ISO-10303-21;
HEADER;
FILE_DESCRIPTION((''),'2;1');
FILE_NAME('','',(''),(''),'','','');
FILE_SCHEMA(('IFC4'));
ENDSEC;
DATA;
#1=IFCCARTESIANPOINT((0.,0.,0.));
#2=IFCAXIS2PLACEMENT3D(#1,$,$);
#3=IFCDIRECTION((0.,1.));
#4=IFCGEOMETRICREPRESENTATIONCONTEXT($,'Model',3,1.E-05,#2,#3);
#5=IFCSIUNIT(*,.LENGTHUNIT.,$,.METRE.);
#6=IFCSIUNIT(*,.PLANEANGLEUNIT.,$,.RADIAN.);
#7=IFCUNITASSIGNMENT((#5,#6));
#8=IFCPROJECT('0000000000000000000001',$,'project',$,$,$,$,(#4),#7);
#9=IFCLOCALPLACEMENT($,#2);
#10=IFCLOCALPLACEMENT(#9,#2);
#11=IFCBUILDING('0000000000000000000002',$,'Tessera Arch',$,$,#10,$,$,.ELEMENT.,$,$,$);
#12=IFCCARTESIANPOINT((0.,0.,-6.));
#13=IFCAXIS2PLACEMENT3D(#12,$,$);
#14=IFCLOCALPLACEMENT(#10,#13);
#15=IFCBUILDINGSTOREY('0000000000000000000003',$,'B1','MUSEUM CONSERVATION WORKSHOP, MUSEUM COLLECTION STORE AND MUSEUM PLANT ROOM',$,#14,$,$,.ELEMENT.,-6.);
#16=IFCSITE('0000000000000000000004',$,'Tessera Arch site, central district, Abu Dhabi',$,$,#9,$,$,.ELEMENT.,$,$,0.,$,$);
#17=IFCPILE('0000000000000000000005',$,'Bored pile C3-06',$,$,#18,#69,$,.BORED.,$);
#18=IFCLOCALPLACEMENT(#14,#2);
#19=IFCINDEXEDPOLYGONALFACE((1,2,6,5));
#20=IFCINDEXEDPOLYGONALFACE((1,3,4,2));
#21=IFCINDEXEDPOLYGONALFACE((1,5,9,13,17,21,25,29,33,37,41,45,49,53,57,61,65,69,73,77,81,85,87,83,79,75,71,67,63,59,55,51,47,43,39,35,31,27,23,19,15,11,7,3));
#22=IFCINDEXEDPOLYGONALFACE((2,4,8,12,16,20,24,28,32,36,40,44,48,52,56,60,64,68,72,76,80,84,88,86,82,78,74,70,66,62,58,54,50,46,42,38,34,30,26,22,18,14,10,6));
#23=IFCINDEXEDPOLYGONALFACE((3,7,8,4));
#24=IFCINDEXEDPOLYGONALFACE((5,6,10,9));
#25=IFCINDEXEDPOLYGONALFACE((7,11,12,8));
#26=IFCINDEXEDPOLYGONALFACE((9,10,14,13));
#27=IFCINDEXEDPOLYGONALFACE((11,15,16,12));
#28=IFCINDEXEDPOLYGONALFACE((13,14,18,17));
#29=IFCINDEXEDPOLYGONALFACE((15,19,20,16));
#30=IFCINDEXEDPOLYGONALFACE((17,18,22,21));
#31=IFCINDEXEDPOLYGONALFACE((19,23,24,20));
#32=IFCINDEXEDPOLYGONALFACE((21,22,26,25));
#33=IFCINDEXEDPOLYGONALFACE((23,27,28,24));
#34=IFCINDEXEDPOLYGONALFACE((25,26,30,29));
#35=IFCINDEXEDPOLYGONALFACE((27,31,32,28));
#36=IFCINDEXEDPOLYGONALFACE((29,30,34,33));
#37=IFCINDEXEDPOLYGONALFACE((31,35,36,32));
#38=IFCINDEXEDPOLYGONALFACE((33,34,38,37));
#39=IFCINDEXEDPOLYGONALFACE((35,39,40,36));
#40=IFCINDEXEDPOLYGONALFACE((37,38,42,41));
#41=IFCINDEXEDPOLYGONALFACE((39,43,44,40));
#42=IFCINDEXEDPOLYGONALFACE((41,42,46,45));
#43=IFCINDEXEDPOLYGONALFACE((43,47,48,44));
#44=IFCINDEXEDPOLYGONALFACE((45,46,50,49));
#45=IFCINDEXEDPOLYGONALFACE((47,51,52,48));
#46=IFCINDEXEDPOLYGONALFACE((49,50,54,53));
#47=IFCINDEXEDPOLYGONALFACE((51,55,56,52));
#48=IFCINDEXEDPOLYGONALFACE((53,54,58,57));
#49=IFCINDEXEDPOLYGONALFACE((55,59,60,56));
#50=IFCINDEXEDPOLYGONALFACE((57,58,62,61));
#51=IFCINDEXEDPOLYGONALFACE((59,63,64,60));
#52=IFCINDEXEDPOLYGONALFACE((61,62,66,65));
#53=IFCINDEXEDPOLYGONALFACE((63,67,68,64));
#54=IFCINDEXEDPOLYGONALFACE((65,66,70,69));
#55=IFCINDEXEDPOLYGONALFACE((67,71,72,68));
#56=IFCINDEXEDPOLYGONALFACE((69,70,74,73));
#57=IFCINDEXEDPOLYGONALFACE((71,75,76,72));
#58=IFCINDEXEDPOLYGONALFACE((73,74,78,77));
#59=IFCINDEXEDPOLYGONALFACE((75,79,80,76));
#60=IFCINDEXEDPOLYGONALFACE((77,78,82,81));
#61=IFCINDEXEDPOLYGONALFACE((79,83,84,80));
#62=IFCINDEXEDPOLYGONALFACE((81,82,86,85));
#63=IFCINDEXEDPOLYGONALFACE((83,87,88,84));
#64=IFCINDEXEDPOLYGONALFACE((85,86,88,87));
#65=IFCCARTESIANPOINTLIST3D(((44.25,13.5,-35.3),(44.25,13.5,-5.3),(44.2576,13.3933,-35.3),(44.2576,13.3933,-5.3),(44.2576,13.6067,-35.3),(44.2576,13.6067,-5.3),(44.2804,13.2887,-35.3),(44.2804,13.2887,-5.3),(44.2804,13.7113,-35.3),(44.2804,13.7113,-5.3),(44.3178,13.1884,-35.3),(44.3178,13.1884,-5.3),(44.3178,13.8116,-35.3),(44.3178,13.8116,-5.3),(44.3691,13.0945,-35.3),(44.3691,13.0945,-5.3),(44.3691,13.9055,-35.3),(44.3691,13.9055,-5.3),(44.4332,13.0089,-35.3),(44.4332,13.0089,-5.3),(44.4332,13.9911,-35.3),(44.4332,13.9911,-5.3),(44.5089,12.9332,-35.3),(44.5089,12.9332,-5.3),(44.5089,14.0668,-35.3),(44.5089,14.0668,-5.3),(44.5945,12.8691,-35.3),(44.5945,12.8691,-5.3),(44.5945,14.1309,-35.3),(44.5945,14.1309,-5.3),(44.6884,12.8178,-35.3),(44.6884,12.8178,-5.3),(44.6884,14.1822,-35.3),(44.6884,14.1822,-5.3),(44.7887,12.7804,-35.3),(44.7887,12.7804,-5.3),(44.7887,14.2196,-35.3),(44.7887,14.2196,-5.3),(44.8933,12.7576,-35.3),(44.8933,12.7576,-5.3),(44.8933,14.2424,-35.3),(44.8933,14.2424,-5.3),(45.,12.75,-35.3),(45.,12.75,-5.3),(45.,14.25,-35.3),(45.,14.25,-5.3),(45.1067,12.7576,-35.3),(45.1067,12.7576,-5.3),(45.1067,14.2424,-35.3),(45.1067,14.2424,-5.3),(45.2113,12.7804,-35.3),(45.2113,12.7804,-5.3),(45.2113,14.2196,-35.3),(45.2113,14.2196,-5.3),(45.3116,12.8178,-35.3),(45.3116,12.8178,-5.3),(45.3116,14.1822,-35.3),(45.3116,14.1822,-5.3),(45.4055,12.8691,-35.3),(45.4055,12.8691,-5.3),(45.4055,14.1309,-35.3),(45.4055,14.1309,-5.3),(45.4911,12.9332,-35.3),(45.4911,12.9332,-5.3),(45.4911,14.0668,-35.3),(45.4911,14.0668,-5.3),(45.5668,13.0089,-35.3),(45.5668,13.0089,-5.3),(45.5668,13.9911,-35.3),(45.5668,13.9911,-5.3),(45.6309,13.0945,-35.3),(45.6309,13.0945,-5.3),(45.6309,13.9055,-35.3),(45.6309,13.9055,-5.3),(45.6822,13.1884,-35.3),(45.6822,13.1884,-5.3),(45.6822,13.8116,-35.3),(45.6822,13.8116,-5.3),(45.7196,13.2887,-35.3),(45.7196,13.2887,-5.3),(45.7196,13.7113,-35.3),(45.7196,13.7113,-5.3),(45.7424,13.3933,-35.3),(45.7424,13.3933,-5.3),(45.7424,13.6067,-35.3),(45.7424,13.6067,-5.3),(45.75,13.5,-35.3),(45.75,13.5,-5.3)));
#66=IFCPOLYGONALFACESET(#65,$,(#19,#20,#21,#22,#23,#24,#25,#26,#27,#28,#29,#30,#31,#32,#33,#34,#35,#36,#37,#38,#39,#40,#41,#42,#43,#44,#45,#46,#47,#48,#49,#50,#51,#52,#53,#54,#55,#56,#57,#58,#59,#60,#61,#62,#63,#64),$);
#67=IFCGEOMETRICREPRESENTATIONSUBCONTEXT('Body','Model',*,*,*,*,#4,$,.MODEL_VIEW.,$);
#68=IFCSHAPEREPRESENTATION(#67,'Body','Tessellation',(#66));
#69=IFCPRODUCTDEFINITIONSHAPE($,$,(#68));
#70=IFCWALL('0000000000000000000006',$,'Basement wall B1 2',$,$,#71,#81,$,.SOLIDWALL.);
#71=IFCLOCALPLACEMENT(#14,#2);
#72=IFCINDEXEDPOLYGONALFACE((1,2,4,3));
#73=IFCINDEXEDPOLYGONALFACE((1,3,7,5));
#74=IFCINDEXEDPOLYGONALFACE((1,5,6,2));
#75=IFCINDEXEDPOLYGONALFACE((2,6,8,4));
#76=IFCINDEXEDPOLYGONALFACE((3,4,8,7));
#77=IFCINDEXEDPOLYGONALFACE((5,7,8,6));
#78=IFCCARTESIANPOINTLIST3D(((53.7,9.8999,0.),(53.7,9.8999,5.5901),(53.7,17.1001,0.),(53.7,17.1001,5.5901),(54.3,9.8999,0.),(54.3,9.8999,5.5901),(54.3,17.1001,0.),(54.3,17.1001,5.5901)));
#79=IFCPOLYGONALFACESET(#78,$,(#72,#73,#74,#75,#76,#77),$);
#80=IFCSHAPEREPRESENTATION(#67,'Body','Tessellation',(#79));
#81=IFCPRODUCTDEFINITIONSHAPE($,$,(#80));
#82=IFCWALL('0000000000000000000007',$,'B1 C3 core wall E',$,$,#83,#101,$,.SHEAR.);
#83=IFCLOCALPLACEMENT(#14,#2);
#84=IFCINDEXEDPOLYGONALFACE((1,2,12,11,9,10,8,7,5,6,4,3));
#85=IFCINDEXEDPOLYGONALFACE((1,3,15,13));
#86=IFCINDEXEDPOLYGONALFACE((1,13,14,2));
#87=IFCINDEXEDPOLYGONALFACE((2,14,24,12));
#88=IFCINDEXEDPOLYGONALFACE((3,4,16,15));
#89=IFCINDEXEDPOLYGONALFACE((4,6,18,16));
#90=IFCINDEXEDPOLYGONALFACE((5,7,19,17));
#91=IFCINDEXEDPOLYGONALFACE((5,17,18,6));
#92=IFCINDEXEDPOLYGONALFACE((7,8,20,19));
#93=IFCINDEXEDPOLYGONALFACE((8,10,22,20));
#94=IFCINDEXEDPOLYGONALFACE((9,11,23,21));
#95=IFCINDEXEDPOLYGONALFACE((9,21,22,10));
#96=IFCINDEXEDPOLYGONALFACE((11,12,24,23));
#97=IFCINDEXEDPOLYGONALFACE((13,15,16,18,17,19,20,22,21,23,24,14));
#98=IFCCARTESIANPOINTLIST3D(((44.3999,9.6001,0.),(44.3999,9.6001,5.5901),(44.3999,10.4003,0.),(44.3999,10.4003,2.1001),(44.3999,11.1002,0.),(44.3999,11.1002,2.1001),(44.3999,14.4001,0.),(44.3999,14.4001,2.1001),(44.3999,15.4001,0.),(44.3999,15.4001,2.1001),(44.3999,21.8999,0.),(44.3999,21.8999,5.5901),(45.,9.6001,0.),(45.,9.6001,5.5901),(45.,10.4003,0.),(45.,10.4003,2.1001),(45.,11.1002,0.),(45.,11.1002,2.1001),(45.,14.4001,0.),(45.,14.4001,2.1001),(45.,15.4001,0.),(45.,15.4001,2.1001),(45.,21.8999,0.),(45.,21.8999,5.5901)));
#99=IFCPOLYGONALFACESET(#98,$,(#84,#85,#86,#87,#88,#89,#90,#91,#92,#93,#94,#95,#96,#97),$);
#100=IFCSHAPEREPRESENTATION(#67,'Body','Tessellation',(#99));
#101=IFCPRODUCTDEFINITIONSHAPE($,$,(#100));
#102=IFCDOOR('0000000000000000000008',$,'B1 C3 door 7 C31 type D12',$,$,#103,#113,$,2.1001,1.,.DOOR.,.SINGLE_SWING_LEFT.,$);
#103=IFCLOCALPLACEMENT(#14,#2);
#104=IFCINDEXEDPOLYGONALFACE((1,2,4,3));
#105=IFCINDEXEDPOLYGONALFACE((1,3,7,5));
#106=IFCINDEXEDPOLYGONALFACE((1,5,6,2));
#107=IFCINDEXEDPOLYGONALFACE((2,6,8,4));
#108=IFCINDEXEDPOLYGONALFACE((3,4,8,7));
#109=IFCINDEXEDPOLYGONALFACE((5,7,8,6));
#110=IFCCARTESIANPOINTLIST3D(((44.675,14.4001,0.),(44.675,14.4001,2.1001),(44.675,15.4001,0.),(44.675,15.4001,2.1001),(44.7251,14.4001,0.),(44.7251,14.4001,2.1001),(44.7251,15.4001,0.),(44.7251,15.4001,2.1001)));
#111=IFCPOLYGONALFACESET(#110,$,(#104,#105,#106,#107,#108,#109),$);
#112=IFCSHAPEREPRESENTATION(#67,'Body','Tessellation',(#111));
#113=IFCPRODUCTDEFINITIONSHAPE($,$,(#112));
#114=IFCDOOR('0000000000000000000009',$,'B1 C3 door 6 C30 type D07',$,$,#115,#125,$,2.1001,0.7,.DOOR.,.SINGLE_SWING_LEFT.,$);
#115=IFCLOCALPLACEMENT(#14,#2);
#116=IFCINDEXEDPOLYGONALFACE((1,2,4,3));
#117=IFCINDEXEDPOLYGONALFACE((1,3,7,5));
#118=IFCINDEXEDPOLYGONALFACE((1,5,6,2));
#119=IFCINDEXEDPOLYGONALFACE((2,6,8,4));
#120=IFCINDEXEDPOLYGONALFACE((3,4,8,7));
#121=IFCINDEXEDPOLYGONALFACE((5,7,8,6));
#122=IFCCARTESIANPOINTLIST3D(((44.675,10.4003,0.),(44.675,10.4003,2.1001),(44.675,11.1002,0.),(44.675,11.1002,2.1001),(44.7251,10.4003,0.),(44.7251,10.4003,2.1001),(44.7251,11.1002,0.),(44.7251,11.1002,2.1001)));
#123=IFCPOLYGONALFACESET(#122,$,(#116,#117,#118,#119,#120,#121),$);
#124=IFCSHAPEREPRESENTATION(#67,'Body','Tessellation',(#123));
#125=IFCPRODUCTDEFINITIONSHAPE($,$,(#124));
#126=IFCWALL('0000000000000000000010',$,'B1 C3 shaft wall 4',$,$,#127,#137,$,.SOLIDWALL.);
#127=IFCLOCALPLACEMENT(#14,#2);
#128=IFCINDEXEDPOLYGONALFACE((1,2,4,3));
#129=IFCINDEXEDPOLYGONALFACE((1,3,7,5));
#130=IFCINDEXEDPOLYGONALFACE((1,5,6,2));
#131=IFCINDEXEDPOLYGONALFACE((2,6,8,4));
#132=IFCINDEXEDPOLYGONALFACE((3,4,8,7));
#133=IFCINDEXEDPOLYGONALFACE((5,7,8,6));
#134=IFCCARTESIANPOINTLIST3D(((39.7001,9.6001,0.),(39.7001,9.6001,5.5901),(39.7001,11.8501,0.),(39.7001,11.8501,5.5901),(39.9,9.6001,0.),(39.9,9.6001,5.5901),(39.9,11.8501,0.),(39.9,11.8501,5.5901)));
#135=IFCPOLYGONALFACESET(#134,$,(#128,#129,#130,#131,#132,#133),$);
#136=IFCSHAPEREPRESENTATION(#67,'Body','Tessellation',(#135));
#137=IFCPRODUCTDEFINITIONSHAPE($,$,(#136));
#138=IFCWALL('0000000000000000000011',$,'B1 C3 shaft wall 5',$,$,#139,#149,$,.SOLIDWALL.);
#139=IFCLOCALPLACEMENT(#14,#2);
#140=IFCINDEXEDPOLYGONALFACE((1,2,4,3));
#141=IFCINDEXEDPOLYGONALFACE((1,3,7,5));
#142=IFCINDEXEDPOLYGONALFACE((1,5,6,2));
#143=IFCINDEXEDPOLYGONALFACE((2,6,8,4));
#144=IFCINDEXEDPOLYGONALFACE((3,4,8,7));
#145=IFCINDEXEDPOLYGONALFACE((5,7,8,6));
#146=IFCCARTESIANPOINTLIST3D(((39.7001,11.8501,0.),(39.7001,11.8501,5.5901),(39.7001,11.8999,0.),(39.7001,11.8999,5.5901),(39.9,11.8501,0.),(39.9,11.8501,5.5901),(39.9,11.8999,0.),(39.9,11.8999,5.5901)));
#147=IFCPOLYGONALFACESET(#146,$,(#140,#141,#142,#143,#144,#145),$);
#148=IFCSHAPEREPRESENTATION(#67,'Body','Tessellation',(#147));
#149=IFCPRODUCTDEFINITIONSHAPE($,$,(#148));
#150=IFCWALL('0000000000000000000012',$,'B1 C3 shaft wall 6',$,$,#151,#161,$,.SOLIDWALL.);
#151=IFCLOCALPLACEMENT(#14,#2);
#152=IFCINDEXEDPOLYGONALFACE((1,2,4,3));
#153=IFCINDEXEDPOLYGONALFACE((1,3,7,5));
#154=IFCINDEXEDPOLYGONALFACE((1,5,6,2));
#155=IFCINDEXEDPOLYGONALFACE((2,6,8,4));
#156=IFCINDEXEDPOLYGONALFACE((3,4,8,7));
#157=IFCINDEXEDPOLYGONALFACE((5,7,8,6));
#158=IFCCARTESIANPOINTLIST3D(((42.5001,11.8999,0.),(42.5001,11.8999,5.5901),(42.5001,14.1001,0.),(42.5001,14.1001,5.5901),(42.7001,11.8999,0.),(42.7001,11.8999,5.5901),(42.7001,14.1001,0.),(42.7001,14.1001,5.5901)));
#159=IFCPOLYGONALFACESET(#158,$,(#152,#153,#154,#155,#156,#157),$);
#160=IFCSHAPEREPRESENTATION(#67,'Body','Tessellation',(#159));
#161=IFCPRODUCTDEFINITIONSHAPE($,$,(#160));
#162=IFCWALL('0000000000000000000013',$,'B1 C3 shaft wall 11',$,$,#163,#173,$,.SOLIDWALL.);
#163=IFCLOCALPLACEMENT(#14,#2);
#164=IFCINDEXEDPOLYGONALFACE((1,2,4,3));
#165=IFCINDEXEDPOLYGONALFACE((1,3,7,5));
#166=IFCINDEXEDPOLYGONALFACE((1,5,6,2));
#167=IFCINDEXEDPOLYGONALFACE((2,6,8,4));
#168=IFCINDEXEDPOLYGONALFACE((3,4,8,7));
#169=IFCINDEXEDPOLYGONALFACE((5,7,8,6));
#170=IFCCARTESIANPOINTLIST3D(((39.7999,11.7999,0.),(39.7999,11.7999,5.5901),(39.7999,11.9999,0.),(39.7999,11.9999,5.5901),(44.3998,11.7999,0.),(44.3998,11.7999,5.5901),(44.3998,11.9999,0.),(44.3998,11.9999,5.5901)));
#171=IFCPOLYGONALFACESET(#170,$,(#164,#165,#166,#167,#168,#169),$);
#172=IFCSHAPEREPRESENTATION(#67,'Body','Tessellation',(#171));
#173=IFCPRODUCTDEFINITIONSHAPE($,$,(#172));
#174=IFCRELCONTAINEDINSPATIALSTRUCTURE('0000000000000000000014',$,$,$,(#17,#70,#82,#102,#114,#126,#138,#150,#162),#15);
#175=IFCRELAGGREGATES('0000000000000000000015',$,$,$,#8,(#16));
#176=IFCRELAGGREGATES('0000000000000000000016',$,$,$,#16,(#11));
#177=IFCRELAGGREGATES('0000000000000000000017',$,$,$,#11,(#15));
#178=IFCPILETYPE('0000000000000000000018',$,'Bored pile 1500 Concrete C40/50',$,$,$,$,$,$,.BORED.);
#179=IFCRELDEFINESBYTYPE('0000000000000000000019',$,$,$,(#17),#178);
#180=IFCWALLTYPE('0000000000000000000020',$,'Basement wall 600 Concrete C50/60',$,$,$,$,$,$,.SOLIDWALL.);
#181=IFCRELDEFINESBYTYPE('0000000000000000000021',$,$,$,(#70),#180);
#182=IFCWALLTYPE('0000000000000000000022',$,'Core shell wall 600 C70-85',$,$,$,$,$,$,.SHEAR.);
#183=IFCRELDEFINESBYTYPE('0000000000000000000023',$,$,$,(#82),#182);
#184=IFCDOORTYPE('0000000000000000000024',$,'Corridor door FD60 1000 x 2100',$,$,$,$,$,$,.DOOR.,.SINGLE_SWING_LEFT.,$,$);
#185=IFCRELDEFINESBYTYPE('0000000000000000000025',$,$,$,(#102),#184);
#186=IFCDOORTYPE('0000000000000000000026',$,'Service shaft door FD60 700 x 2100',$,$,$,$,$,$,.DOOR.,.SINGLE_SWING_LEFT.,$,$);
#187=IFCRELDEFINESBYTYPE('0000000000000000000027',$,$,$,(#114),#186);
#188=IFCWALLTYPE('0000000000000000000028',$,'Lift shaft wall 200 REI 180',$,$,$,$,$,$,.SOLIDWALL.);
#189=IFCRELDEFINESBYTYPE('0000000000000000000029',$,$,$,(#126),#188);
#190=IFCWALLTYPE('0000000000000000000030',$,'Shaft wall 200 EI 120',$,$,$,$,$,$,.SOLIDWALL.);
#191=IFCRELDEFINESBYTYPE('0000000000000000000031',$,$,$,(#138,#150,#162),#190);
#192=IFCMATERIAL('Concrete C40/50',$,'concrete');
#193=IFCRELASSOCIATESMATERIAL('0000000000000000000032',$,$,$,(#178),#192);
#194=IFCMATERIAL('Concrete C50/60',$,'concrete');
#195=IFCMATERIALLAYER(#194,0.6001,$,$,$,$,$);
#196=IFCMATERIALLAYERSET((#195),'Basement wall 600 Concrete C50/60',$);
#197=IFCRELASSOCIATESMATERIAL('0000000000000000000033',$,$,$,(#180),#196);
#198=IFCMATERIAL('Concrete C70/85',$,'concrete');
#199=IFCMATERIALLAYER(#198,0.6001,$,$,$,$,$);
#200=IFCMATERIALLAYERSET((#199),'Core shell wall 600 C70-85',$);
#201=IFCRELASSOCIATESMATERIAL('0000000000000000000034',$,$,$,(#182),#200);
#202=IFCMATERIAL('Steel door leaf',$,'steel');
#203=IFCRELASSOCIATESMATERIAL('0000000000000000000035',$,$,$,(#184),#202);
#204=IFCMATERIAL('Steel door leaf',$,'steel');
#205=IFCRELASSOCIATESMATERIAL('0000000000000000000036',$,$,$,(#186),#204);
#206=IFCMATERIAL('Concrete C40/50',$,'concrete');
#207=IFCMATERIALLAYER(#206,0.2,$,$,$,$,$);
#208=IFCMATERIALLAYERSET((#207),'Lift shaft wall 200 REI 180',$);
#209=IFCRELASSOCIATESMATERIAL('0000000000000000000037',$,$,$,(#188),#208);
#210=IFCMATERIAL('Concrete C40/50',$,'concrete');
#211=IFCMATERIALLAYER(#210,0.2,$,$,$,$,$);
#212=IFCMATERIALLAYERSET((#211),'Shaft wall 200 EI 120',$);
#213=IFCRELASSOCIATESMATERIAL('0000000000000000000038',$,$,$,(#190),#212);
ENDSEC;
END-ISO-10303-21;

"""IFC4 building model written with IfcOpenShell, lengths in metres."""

from ifc_helpers import new_model, si_unit, direction, frame, frame_2d, origin, origin_2d, place, context, subcontext, project, spatial, rectangle, circle, extrude, material, layer, layer_set, type_object, element, fill, save


model = new_model("IFC4")

# Units and contexts
model_context = context("Model", 3, precision=1e-05, world=origin(), true_north=direction((0.0, 1.0)))
body_context = subcontext(model_context, "Body", "Model", "MODEL_VIEW")
ifc_project = project(units=[si_unit("LENGTHUNIT", "METRE"), si_unit("PLANEANGLEUNIT", "RADIAN")], contexts=[model_context])

# Site, building, storey
site_placement = place(None, origin())
site = spatial("IfcSite", under=ifc_project, at=site_placement, Name="Tessera Arch site, central district, Abu Dhabi", CompositionType="ELEMENT", RefElevation=0.0)
building_placement = place(site_placement, origin())
building = spatial("IfcBuilding", under=site, at=building_placement, Name="Tessera Arch", CompositionType="ELEMENT")
storey_placement = place(building_placement, frame((0.0, 0.0, -6.0)))
storey = spatial("IfcBuildingStorey", under=building, at=storey_placement, Name="B1", Description="MUSEUM CONSERVATION WORKSHOP, MUSEUM COLLECTION STORE AND MUSEUM PLANT ROOM", CompositionType="ELEMENT", Elevation=-6.0)

# Pile
ifc_material_1 = material(Name="Concrete C40/50", Category="concrete")
pile_type = type_object("IfcPileType", Name="Bored pile 1500 Concrete C40/50", PredefinedType="BORED", material=ifc_material_1)
for number, where, z_axis, x_axis, name in (
    (1, (45.0, 13.5, -5.3), (0.0, 0.0, -1.0), (1.0, 0.0, 0.0), "Bored pile C3-06"),
):
    element("IfcPile", number, at=place(storey_placement, frame(where, z_axis=z_axis, x_axis=x_axis)), inside=storey, type_object=pile_type, Name=name, PredefinedType="BORED", context=body_context, shape_type="SweptSolid", body=[
        extrude(circle(Radius=0.75, at=origin_2d()), origin(), (0.0, 0.0, 1.0), 30.0),
    ])

# Wall
ifc_material_2 = material(Name="Concrete C50/60", Category="concrete")
ifc_layer_1 = layer(ifc_material_2, 0.6001)
ifc_layer_set_1 = layer_set([ifc_layer_1], Name="Basement wall 600 Concrete C50/60")
wall_type_1 = type_object("IfcWallType", Name="Basement wall 600 Concrete C50/60", PredefinedType="SOLIDWALL", material=ifc_layer_set_1)
wall_1_placement = place(storey_placement, frame((54.0, 9.8999, 0.0), z_axis=(0.0, 0.0, 1.0), x_axis=(0.0, 1.0, 0.0)))
element("IfcWall", 2, at=wall_1_placement, inside=storey, type_object=wall_type_1, Name="Basement wall B1 2", PredefinedType="SOLIDWALL", context=body_context, shape_type="SweptSolid", body=[
    extrude(rectangle(XDim=7.2002, YDim=0.6001, at=frame_2d((3.6001, 0.0))), origin(), (0.0, 0.0, 1.0), 5.5901),
])

# Wall, openings, doors
ifc_material_3 = material(Name="Concrete C70/85", Category="concrete")
ifc_layer_2 = layer(ifc_material_3, 0.6001)
ifc_layer_set_2 = layer_set([ifc_layer_2], Name="Core shell wall 600 C70-85")
wall_type_2 = type_object("IfcWallType", Name="Core shell wall 600 C70-85", PredefinedType="SHEAR", material=ifc_layer_set_2)
wall_2_placement = place(storey_placement, frame((44.7, 9.6001, 0.0), z_axis=(0.0, 0.0, 1.0), x_axis=(0.0, 1.0, 0.0)))
wall_2 = element("IfcWall", 3, at=wall_2_placement, inside=storey, type_object=wall_type_2, Name="B1 C3 core wall E", PredefinedType="SHEAR", context=body_context, shape_type="SweptSolid", body=[
    extrude(rectangle(XDim=12.2998, YDim=0.6001, at=frame_2d((6.1499, 0.0))), origin(), (0.0, 0.0, 1.0), 5.5901),
])
opening_1_placement = place(wall_2_placement, frame((0.8, 0.0, 0.0)))
opening_1 = element("IfcOpeningElement", 4, at=opening_1_placement, cuts=wall_2, PredefinedType="OPENING", context=body_context, shape_type="SweptSolid", body=[
    extrude(rectangle(XDim=0.7, YDim=2.1001, at=frame_2d((0.3501, 1.05))), frame((0.0, 0.3101, 0.0), z_axis=(0.0, -1.0, 0.0), x_axis=(1.0, 0.0, 0.0)), (0.0, 0.0, 1.0), 0.6201),
])
opening_2_placement = place(wall_2_placement, frame((4.8, 0.0, 0.0)))
opening_2 = element("IfcOpeningElement", 5, at=opening_2_placement, cuts=wall_2, PredefinedType="OPENING", context=body_context, shape_type="SweptSolid", body=[
    extrude(rectangle(XDim=1.0, YDim=2.1001, at=frame_2d((0.5, 1.05))), frame((0.0, 0.3101, 0.0), z_axis=(0.0, -1.0, 0.0), x_axis=(1.0, 0.0, 0.0)), (0.0, 0.0, 1.0), 0.6201),
])
ifc_material_4 = material(Name="Steel door leaf", Category="steel")
door_type_1 = type_object("IfcDoorType", Name="Corridor door FD60 1000 x 2100", OperationType="SINGLE_SWING_LEFT", PredefinedType="DOOR", material=ifc_material_4)
door_1_placement = place(opening_2_placement, origin())
door_1 = element("IfcDoor", 6, at=door_1_placement, inside=storey, type_object=door_type_1, Name="B1 C3 door 7 C31 type D12", OperationType="SINGLE_SWING_LEFT", OverallHeight=2.1001, OverallWidth=1.0, PredefinedType="DOOR", context=body_context, shape_type="SweptSolid", body=[
    extrude(rectangle(XDim=1.0, YDim=2.1001, at=frame_2d((0.5, 1.05))), frame((0.0, 0.0249, 0.0), z_axis=(0.0, -1.0, 0.0), x_axis=(1.0, 0.0, 0.0)), (0.0, 0.0, 1.0), 0.05),
])
fill(opening_2, door_1)
ifc_material_5 = material(Name="Steel door leaf", Category="steel")
door_type_2 = type_object("IfcDoorType", Name="Service shaft door FD60 700 x 2100", OperationType="SINGLE_SWING_LEFT", PredefinedType="DOOR", material=ifc_material_5)
door_2_placement = place(opening_1_placement, origin())
door_2 = element("IfcDoor", 7, at=door_2_placement, inside=storey, type_object=door_type_2, Name="B1 C3 door 6 C30 type D07", OperationType="SINGLE_SWING_LEFT", OverallHeight=2.1001, OverallWidth=0.7, PredefinedType="DOOR", context=body_context, shape_type="SweptSolid", body=[
    extrude(rectangle(XDim=0.7, YDim=2.1001, at=frame_2d((0.3501, 1.05))), frame((0.0, 0.0249, 0.0), z_axis=(0.0, -1.0, 0.0), x_axis=(1.0, 0.0, 0.0)), (0.0, 0.0, 1.0), 0.05),
])
fill(opening_1, door_2)

# Walls
ifc_material_6 = material(Name="Concrete C40/50", Category="concrete")
ifc_layer_3 = layer(ifc_material_6, 0.2)
ifc_layer_set_3 = layer_set([ifc_layer_3], Name="Lift shaft wall 200 REI 180")
wall_type_3 = type_object("IfcWallType", Name="Lift shaft wall 200 REI 180", PredefinedType="SOLIDWALL", material=ifc_layer_set_3)
wall_3_placement = place(storey_placement, frame((39.8, 9.6001, 0.0), z_axis=(0.0, 0.0, 1.0), x_axis=(0.0, 1.0, 0.0)))
element("IfcWall", 8, at=wall_3_placement, inside=storey, type_object=wall_type_3, Name="B1 C3 shaft wall 4", PredefinedType="SOLIDWALL", context=body_context, shape_type="SweptSolid", body=[
    extrude(rectangle(XDim=2.25, YDim=0.2, at=frame_2d((1.125, 0.0))), origin(), (0.0, 0.0, 1.0), 5.5901),
])
ifc_material_7 = material(Name="Concrete C40/50", Category="concrete")
ifc_layer_4 = layer(ifc_material_7, 0.2)
ifc_layer_set_4 = layer_set([ifc_layer_4], Name="Shaft wall 200 EI 120")
wall_type_4 = type_object("IfcWallType", Name="Shaft wall 200 EI 120", PredefinedType="SOLIDWALL", material=ifc_layer_set_4)
wall_4_placement = place(storey_placement, frame((39.8, 11.8501, 0.0), z_axis=(0.0, 0.0, 1.0), x_axis=(0.0, 1.0, 0.0)))
element("IfcWall", 9, at=wall_4_placement, inside=storey, type_object=wall_type_4, Name="B1 C3 shaft wall 5", PredefinedType="SOLIDWALL", context=body_context, shape_type="SweptSolid", body=[
    extrude(rectangle(XDim=0.0498, YDim=0.2, at=frame_2d((0.0249, 0.0))), origin(), (0.0, 0.0, 1.0), 5.5901),
])
wall_5_placement = place(storey_placement, frame((42.6001, 11.8999, 0.0), z_axis=(0.0, 0.0, 1.0), x_axis=(0.0, 1.0, 0.0)))
element("IfcWall", 10, at=wall_5_placement, inside=storey, type_object=wall_type_4, Name="B1 C3 shaft wall 6", PredefinedType="SOLIDWALL", context=body_context, shape_type="SweptSolid", body=[
    extrude(rectangle(XDim=2.2002, YDim=0.2, at=frame_2d((1.1001, 0.0))), origin(), (0.0, 0.0, 1.0), 5.5901),
])
wall_6_placement = place(storey_placement, frame((39.8, 11.8999, 0.0), z_axis=(0.0, 0.0, 1.0), x_axis=(1.0, 0.0, 0.0)))
element("IfcWall", 11, at=wall_6_placement, inside=storey, type_object=wall_type_4, Name="B1 C3 shaft wall 11", PredefinedType="SOLIDWALL", context=body_context, shape_type="SweptSolid", body=[
    extrude(rectangle(XDim=4.5999, YDim=0.2, at=frame_2d((2.2998, 0.0))), origin(), (0.0, 0.0, 1.0), 5.5901),
])

save(model, "model.ifc")
